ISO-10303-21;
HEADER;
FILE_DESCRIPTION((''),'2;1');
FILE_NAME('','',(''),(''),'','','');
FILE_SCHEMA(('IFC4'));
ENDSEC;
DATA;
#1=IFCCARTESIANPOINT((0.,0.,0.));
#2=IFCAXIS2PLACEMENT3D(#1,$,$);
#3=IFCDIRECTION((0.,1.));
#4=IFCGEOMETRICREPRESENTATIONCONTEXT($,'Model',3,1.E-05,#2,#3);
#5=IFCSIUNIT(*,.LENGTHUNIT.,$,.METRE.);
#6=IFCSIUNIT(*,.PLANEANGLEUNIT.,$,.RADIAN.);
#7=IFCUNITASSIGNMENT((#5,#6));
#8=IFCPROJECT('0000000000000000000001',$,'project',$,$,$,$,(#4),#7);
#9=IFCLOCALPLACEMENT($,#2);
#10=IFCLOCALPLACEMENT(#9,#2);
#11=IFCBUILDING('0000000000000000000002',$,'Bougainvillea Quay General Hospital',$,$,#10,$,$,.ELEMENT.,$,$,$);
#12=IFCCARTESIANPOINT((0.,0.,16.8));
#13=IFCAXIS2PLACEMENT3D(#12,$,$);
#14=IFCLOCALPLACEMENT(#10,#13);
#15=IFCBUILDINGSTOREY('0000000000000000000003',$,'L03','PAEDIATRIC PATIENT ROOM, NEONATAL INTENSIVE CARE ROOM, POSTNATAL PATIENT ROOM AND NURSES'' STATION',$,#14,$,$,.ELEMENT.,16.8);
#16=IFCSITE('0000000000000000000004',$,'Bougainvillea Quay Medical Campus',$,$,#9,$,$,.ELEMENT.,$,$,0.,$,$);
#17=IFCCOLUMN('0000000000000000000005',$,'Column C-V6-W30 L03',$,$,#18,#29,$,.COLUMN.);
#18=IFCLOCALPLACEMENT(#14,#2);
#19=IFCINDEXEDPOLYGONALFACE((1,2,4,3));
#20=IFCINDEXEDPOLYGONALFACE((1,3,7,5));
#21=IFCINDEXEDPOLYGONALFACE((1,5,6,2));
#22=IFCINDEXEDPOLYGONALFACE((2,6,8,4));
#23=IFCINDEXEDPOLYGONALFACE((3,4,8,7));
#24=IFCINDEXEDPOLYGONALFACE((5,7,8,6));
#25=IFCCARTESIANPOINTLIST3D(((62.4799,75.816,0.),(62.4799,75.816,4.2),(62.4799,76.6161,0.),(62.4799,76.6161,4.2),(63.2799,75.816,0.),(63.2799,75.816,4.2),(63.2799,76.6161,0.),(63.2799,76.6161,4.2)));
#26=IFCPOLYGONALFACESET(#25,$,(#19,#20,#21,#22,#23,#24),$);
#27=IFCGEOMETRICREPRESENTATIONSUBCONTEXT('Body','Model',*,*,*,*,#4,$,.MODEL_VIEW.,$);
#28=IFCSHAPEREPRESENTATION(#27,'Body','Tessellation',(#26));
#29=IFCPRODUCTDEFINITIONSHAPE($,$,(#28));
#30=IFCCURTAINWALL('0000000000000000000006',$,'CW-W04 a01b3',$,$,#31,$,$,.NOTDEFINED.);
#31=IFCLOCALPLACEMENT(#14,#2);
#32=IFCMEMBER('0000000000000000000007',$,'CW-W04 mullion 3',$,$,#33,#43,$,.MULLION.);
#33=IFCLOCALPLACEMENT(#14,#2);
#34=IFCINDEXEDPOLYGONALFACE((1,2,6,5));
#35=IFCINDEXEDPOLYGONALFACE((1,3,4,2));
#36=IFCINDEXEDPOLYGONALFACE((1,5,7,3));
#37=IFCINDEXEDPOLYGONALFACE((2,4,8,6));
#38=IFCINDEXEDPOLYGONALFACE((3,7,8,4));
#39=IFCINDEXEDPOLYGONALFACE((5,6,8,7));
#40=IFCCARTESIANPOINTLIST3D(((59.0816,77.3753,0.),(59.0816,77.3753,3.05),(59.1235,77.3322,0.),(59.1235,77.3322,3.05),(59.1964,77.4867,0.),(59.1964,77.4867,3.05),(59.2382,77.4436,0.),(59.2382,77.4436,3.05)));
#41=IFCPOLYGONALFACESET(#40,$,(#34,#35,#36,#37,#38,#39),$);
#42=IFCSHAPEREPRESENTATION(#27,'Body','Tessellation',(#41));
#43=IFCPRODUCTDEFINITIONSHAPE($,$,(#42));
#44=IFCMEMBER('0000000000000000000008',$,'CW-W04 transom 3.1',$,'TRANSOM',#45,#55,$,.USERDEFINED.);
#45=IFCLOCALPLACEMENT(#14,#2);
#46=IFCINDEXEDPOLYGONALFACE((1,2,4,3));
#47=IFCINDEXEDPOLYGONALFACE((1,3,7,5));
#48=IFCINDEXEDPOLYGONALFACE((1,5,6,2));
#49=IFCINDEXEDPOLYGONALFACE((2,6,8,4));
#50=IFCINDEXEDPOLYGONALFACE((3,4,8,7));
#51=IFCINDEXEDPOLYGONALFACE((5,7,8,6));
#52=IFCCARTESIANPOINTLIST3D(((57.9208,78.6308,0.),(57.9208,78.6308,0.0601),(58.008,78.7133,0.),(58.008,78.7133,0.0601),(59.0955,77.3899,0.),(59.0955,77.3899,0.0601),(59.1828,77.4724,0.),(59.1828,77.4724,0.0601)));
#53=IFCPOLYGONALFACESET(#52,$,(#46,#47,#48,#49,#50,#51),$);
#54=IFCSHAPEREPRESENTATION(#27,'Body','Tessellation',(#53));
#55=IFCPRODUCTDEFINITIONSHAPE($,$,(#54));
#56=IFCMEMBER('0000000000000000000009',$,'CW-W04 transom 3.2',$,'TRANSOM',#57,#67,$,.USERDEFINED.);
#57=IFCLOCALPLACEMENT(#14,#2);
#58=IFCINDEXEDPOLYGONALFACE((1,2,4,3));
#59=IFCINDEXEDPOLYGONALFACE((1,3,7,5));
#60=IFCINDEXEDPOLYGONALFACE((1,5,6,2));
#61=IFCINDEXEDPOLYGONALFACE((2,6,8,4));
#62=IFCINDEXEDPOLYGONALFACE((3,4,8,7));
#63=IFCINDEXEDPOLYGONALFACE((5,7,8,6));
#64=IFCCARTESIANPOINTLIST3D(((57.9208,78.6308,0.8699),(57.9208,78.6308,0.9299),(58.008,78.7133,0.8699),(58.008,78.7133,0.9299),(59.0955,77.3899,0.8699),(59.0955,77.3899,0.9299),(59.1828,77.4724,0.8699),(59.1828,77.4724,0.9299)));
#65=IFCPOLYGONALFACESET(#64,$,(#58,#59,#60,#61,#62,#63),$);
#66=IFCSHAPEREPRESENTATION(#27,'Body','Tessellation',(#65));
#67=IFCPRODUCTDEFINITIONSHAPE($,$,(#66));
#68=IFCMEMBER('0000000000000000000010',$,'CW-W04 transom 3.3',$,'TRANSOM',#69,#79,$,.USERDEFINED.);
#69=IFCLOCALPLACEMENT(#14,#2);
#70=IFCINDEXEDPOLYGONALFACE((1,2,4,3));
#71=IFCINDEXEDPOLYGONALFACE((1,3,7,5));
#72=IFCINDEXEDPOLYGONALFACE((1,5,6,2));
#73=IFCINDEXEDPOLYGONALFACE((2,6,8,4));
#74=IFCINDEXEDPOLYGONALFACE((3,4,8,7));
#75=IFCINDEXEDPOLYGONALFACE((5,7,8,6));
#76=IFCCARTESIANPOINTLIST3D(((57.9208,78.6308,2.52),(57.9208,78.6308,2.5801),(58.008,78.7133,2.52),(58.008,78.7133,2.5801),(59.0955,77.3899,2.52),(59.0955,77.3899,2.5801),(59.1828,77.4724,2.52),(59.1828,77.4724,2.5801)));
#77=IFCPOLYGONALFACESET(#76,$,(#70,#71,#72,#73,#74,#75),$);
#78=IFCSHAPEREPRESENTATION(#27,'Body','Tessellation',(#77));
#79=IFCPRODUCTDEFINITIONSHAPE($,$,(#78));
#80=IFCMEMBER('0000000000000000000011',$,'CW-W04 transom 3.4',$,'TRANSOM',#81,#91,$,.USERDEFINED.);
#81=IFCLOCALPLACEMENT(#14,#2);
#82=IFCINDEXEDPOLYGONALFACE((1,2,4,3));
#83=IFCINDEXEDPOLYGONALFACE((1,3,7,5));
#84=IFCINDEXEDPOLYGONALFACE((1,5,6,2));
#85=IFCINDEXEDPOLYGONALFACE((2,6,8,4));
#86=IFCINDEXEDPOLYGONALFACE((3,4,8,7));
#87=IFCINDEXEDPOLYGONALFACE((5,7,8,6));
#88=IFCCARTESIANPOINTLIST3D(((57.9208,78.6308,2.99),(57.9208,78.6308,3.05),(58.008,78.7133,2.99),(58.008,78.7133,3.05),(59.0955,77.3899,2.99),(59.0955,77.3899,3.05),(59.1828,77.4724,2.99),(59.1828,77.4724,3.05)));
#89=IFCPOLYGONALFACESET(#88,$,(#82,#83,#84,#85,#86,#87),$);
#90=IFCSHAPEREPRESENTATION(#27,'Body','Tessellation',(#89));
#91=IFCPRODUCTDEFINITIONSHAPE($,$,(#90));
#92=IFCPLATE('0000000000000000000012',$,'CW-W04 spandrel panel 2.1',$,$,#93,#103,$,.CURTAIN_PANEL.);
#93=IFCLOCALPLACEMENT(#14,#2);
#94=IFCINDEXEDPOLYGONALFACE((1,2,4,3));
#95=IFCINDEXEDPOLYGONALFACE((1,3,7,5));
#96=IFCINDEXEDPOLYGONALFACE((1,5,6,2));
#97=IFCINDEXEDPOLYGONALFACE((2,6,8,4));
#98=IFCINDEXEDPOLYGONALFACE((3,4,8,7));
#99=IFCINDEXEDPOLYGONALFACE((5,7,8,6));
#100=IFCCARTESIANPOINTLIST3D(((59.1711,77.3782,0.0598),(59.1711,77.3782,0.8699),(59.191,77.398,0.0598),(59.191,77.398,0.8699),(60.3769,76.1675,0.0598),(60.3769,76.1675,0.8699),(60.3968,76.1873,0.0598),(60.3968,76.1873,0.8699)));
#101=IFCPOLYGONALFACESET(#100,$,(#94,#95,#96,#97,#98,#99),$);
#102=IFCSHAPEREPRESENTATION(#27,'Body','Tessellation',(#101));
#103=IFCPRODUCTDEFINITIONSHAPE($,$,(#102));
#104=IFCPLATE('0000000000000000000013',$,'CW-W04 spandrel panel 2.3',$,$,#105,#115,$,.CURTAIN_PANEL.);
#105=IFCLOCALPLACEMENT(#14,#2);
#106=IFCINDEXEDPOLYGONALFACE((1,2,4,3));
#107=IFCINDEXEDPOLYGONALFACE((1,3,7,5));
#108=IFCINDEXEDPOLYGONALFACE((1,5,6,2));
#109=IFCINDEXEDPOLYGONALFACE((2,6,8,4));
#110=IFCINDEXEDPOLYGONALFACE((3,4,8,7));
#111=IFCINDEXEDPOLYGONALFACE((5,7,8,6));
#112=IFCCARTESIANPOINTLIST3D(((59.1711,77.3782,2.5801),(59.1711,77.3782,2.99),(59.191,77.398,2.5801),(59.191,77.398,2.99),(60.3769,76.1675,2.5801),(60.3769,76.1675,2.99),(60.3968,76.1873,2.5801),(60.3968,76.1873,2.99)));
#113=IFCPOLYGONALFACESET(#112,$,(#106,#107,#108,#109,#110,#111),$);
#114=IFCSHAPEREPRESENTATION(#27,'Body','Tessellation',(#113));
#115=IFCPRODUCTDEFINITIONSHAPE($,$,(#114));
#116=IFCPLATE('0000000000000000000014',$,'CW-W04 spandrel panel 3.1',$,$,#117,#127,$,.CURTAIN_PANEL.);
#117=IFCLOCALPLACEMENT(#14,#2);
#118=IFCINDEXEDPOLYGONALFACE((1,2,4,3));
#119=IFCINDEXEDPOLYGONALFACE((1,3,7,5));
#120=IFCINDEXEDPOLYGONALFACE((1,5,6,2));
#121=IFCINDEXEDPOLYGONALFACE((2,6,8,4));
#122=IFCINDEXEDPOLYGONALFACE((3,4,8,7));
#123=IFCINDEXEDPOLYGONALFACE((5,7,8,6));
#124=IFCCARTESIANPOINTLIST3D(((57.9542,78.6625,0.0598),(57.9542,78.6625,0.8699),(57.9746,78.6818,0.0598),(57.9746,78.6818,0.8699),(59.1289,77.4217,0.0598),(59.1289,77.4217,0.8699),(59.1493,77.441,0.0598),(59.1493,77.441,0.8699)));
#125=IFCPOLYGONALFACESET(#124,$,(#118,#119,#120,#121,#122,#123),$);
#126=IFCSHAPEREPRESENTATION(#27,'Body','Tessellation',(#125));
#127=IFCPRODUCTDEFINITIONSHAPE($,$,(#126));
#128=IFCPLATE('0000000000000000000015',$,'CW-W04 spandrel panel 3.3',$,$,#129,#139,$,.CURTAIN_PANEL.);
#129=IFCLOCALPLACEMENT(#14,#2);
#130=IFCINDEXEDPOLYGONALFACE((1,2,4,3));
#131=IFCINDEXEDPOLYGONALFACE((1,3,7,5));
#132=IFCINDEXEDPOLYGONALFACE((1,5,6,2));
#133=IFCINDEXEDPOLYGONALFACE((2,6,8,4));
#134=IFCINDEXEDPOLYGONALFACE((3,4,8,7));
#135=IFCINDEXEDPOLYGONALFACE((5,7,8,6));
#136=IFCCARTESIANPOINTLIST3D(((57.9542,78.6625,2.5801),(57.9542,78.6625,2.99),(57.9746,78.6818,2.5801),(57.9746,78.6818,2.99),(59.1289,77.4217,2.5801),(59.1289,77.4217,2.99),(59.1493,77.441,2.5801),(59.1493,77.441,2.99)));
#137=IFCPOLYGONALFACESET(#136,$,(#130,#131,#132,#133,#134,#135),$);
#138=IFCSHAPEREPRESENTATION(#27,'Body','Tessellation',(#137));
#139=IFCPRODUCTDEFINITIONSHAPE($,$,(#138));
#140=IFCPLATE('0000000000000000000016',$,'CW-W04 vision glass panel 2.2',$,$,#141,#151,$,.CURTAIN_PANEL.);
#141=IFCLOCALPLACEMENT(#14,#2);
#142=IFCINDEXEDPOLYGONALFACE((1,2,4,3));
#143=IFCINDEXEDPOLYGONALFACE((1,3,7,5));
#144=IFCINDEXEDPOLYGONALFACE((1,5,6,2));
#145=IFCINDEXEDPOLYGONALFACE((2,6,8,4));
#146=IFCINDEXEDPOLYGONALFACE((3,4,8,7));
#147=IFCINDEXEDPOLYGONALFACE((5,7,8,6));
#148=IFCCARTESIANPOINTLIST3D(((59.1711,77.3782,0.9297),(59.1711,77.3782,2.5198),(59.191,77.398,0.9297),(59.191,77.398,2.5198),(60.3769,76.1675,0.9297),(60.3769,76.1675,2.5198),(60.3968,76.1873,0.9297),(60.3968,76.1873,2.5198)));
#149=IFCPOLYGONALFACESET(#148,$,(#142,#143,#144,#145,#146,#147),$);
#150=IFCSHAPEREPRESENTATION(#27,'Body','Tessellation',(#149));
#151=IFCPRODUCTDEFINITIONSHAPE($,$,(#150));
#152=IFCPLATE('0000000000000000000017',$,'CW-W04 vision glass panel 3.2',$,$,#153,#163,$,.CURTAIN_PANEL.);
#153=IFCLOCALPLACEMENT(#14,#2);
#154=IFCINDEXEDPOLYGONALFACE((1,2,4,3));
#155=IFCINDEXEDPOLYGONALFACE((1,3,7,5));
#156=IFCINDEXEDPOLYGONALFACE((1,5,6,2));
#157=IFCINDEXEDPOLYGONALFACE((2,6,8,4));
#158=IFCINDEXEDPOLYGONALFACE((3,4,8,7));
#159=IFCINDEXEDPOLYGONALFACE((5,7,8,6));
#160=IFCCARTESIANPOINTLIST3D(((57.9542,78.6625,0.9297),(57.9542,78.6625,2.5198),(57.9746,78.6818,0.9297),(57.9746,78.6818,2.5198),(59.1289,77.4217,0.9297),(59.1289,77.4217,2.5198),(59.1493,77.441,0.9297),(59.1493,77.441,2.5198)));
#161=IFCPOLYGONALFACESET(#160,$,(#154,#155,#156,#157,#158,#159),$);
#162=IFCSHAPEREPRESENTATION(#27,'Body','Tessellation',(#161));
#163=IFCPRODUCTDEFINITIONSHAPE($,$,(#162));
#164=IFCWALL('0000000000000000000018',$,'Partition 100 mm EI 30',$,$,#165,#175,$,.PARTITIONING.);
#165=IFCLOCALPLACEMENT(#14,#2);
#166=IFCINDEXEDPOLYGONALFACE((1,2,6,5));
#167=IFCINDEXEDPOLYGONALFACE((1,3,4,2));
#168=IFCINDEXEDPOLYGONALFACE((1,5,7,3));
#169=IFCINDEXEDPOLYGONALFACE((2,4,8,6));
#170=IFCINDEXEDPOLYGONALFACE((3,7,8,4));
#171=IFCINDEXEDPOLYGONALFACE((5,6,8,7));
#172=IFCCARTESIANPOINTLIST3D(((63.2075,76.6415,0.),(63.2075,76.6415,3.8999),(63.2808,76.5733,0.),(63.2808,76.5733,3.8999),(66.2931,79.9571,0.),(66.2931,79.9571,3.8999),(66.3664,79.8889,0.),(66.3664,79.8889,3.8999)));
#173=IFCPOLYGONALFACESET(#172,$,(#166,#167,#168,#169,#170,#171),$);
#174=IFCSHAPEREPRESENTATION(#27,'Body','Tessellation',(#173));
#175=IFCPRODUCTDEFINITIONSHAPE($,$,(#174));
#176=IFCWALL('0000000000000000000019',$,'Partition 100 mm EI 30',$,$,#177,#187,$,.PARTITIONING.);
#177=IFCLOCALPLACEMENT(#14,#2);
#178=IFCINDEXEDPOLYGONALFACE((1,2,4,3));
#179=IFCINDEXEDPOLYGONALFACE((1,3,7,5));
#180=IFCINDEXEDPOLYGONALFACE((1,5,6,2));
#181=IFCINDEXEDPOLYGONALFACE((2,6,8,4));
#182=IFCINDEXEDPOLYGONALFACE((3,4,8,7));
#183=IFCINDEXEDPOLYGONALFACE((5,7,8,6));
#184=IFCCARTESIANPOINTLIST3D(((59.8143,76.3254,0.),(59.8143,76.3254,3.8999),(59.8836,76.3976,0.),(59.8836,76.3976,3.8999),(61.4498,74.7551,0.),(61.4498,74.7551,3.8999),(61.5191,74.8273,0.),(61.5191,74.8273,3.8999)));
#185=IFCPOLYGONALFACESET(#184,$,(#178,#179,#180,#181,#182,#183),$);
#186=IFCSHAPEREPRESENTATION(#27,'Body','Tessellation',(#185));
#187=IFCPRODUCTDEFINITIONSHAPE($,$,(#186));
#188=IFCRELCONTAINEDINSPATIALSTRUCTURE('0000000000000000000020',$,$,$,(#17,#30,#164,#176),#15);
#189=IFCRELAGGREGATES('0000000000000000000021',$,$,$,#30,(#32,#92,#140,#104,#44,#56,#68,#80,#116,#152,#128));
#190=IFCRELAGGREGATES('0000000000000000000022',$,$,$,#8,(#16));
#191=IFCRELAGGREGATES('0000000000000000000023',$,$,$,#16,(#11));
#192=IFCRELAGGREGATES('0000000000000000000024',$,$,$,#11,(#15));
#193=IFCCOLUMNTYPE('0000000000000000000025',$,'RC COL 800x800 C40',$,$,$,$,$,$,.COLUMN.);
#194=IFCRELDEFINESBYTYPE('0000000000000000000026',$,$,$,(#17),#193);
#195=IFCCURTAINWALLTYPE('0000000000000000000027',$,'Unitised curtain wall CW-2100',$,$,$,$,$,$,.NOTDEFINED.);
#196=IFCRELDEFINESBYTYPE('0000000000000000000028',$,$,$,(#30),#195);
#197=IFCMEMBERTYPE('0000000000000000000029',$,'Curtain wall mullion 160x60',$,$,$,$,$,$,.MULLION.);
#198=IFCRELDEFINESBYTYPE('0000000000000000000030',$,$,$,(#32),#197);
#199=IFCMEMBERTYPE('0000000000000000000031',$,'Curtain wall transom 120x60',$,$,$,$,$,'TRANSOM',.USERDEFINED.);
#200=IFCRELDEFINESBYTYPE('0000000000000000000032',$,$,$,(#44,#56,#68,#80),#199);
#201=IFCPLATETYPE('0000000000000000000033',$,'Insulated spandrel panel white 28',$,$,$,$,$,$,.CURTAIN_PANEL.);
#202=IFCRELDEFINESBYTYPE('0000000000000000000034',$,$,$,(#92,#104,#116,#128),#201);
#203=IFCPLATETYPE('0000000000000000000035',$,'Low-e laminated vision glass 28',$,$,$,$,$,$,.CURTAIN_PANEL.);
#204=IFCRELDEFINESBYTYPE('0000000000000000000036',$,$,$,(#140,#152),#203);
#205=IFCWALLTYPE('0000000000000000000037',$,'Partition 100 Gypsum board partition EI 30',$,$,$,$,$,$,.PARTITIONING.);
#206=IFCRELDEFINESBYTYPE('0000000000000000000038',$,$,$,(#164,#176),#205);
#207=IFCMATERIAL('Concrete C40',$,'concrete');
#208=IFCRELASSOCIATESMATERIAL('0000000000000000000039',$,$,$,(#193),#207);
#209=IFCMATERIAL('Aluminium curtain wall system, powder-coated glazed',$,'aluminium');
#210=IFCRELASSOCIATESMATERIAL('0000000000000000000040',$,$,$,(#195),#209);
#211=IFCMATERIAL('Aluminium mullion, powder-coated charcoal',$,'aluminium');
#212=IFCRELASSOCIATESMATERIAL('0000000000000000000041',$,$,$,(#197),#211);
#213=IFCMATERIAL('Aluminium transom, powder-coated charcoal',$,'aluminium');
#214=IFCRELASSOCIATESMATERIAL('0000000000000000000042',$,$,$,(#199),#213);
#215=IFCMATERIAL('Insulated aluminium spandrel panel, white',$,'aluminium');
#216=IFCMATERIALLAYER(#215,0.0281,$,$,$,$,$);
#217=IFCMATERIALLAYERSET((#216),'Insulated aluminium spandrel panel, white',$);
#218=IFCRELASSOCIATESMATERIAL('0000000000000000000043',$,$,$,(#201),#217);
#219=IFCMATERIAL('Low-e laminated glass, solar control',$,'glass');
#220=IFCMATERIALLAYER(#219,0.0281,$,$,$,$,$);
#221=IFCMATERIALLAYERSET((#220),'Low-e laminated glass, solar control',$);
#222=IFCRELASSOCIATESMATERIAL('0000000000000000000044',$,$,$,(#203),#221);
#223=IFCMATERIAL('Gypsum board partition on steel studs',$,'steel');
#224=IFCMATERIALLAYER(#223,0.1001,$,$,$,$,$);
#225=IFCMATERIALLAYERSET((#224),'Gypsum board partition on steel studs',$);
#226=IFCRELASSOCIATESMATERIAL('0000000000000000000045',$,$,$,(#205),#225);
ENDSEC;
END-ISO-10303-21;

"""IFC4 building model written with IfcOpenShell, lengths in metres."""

from ifc_helpers import new_model, si_unit, direction, frame, frame_2d, origin, origin_2d, place, context, subcontext, project, spatial, rectangle, extrude, material, layer, layer_set, material_profile, profile_set, type_object, element, aggregate, save


model = new_model("IFC4")

# Units and contexts
model_context = context("Model", 3, precision=1e-05, world=origin(), true_north=direction((0.0, 1.0)))
body_context = subcontext(model_context, "Body", "Model", "MODEL_VIEW")
ifc_project = project(units=[si_unit("LENGTHUNIT", "METRE"), si_unit("PLANEANGLEUNIT", "RADIAN")], contexts=[model_context])

# Site, building, storey
site_placement = place(None, origin())
site = spatial("IfcSite", under=ifc_project, at=site_placement, Name="Bougainvillea Quay Medical Campus", CompositionType="ELEMENT", RefElevation=0.0)
building_placement = place(site_placement, origin())
building = spatial("IfcBuilding", under=site, at=building_placement, Name="Bougainvillea Quay General Hospital", CompositionType="ELEMENT")
storey_placement = place(building_placement, frame((0.0, 0.0, 16.8)))
storey = spatial("IfcBuildingStorey", under=building, at=storey_placement, Name="L03", Description="PAEDIATRIC PATIENT ROOM, NEONATAL INTENSIVE CARE ROOM, POSTNATAL PATIENT ROOM AND NURSES' STATION", CompositionType="ELEMENT", Elevation=16.8)

# Column
ifc_material_1 = material(Name="Concrete C40", Category="concrete")
ifc_material_profile_1 = material_profile(ifc_material_1, rectangle(XDim=0.8, YDim=0.8, at=origin_2d()))
ifc_profile_set_1 = profile_set([ifc_material_profile_1], Name="Concrete C40")
column_type = type_object("IfcColumnType", Name="RC COL 800x800 C40", PredefinedType="COLUMN", material=ifc_profile_set_1)
column_placement = place(storey_placement, frame((62.8799, 76.2161, 0.0), z_axis=(0.0, 0.0, 1.0), x_axis=(1.0, 0.0, 0.0)))
element("IfcColumn", 1, at=column_placement, inside=storey, type_object=column_type, Name="Column C-V6-W30 L03", PredefinedType="COLUMN", context=body_context, shape_type="SweptSolid", body=[
    extrude(rectangle(XDim=0.8, YDim=0.8, at=origin_2d()), origin(), (0.0, 0.0, 1.0), 4.2),
])

# Curtain wall, members, plates
ifc_material_2 = material(Name="Aluminium curtain wall system, powder-coated glazed", Category="aluminium")
curtain_wall_type = type_object("IfcCurtainWallType", Name="Unitised curtain wall CW-2100", PredefinedType="NOTDEFINED", material=ifc_material_2)
curtain_wall_placement = place(storey_placement, origin())
curtain_wall = element("IfcCurtainWall", 2, at=curtain_wall_placement, inside=storey, type_object=curtain_wall_type, Name="CW-W04 a01b3", PredefinedType="NOTDEFINED")
ifc_material_3 = material(Name="Aluminium mullion, powder-coated charcoal", Category="aluminium")
ifc_material_profile_2 = material_profile(ifc_material_3, rectangle(XDim=0.1599, YDim=0.0601, at=origin_2d()))
ifc_profile_set_2 = profile_set([ifc_material_profile_2], Name="Aluminium mullion, powder-coated charcoal")
member_type_1 = type_object("IfcMemberType", Name="Curtain wall mullion 160x60", PredefinedType="MULLION", material=ifc_profile_set_2)
member_1_placement = place(storey_placement, frame((59.1599, 77.4094, 0.0), z_axis=(0.0, 0.0, 1.0), x_axis=(-0.717421, -0.696639, 0.0)))
member_1 = element("IfcMember", 3, at=member_1_placement, type_object=member_type_1, Name="CW-W04 mullion 3", PredefinedType="MULLION", context=body_context, shape_type="SweptSolid", body=[
    extrude(rectangle(XDim=0.1599, YDim=0.0601, at=origin_2d()), origin(), (0.0, 0.0, 1.0), 3.05),
])
ifc_material_4 = material(Name="Aluminium transom, powder-coated charcoal", Category="aluminium")
ifc_material_profile_3 = material_profile(ifc_material_4, rectangle(XDim=0.1201, YDim=0.0601, at=origin_2d()))
ifc_profile_set_3 = profile_set([ifc_material_profile_3], Name="Aluminium transom, powder-coated charcoal")
member_type_2 = type_object("IfcMemberType", Name="Curtain wall transom 120x60", ElementType="TRANSOM", PredefinedType="USERDEFINED", material=ifc_profile_set_3)
member_2_placement = place(storey_placement, frame((59.1392, 77.4312, 0.03), z_axis=(-0.687483, 0.7262, 0.0), x_axis=(-0.7262, -0.687483, 0.0)))
member_2 = element("IfcMember", 4, at=member_2_placement, type_object=member_type_2, Name="CW-W04 transom 3.1", ObjectType="TRANSOM", PredefinedType="USERDEFINED", context=body_context, shape_type="SweptSolid", body=[
    extrude(rectangle(XDim=0.1201, YDim=0.0601, at=origin_2d()), origin(), (0.0, 0.0, 1.0), 1.7087),
])
member_3_placement = place(storey_placement, frame((59.1392, 77.4312, 0.8999), z_axis=(-0.687483, 0.7262, 0.0), x_axis=(-0.7262, -0.687483, 0.0)))
member_3 = element("IfcMember", 5, at=member_3_placement, type_object=member_type_2, Name="CW-W04 transom 3.2", ObjectType="TRANSOM", PredefinedType="USERDEFINED", context=body_context, shape_type="SweptSolid", body=[
    extrude(rectangle(XDim=0.1201, YDim=0.0601, at=origin_2d()), origin(), (0.0, 0.0, 1.0), 1.7087),
])
member_4_placement = place(storey_placement, frame((59.1392, 77.4312, 2.55), z_axis=(-0.687483, 0.7262, 0.0), x_axis=(-0.7262, -0.687483, 0.0)))
member_4 = element("IfcMember", 6, at=member_4_placement, type_object=member_type_2, Name="CW-W04 transom 3.3", ObjectType="TRANSOM", PredefinedType="USERDEFINED", context=body_context, shape_type="SweptSolid", body=[
    extrude(rectangle(XDim=0.1201, YDim=0.0601, at=origin_2d()), origin(), (0.0, 0.0, 1.0), 1.7087),
])
member_5_placement = place(storey_placement, frame((59.1392, 77.4312, 3.02), z_axis=(-0.687483, 0.7262, 0.0), x_axis=(-0.7262, -0.687483, 0.0)))
member_5 = element("IfcMember", 7, at=member_5_placement, type_object=member_type_2, Name="CW-W04 transom 3.4", ObjectType="TRANSOM", PredefinedType="USERDEFINED", context=body_context, shape_type="SweptSolid", body=[
    extrude(rectangle(XDim=0.1201, YDim=0.0601, at=origin_2d()), origin(), (0.0, 0.0, 1.0), 1.7087),
])
ifc_material_5 = material(Name="Insulated aluminium spandrel panel, white", Category="aluminium")
ifc_layer_1 = layer(ifc_material_5, 0.0281)
ifc_layer_set_1 = layer_set([ifc_layer_1], Name="Insulated aluminium spandrel panel, white")
plate_type_1 = type_object("IfcPlateType", Name="Insulated spandrel panel white 28", PredefinedType="CURTAIN_PANEL", material=ifc_layer_set_1)
plate_1_placement = place(storey_placement, frame((59.7839, 76.7827, 0.0598), z_axis=(0.0, 0.0, 1.0), x_axis=(-0.70568, 0.708531, 0.0)))
plate_1 = element("IfcPlate", 8, at=plate_1_placement, type_object=plate_type_1, Name="CW-W04 spandrel panel 2.1", PredefinedType="CURTAIN_PANEL", context=body_context, shape_type="SweptSolid", body=[
    extrude(rectangle(XDim=1.7087, YDim=0.0281, at=origin_2d()), origin(), (0.0, 0.0, 1.0), 0.8101),
])
plate_2_placement = place(storey_placement, frame((59.7839, 76.7827, 2.5801), z_axis=(0.0, 0.0, 1.0), x_axis=(-0.70568, 0.708531, 0.0)))
plate_2 = element("IfcPlate", 9, at=plate_2_placement, type_object=plate_type_1, Name="CW-W04 spandrel panel 2.3", PredefinedType="CURTAIN_PANEL", context=body_context, shape_type="SweptSolid", body=[
    extrude(rectangle(XDim=1.7087, YDim=0.0281, at=origin_2d()), origin(), (0.0, 0.0, 1.0), 0.4099),
])
plate_3_placement = place(storey_placement, frame((58.5518, 78.0518, 0.0598), z_axis=(0.0, 0.0, 1.0), x_axis=(-0.687487, 0.726197, 0.0)))
plate_3 = element("IfcPlate", 10, at=plate_3_placement, type_object=plate_type_1, Name="CW-W04 spandrel panel 3.1", PredefinedType="CURTAIN_PANEL", context=body_context, shape_type="SweptSolid", body=[
    extrude(rectangle(XDim=1.7087, YDim=0.0281, at=origin_2d()), origin(), (0.0, 0.0, 1.0), 0.8101),
])
plate_4_placement = place(storey_placement, frame((58.5518, 78.0518, 2.5801), z_axis=(0.0, 0.0, 1.0), x_axis=(-0.687487, 0.726197, 0.0)))
plate_4 = element("IfcPlate", 11, at=plate_4_placement, type_object=plate_type_1, Name="CW-W04 spandrel panel 3.3", PredefinedType="CURTAIN_PANEL", context=body_context, shape_type="SweptSolid", body=[
    extrude(rectangle(XDim=1.7087, YDim=0.0281, at=origin_2d()), origin(), (0.0, 0.0, 1.0), 0.4099),
])
ifc_material_6 = material(Name="Low-e laminated glass, solar control", Category="glass")
ifc_layer_2 = layer(ifc_material_6, 0.0281)
ifc_layer_set_2 = layer_set([ifc_layer_2], Name="Low-e laminated glass, solar control")
plate_type_2 = type_object("IfcPlateType", Name="Low-e laminated vision glass 28", PredefinedType="CURTAIN_PANEL", material=ifc_layer_set_2)
plate_5_placement = place(storey_placement, frame((59.7839, 76.7827, 0.9297), z_axis=(0.0, 0.0, 1.0), x_axis=(-0.70568, 0.708531, 0.0)))
plate_5 = element("IfcPlate", 12, at=plate_5_placement, type_object=plate_type_2, Name="CW-W04 vision glass panel 2.2", PredefinedType="CURTAIN_PANEL", context=body_context, shape_type="SweptSolid", body=[
    extrude(rectangle(XDim=1.7087, YDim=0.0281, at=origin_2d()), origin(), (0.0, 0.0, 1.0), 1.5901),
])
plate_6_placement = place(storey_placement, frame((58.5518, 78.0518, 0.9297), z_axis=(0.0, 0.0, 1.0), x_axis=(-0.687487, 0.726197, 0.0)))
plate_6 = element("IfcPlate", 13, at=plate_6_placement, type_object=plate_type_2, Name="CW-W04 vision glass panel 3.2", PredefinedType="CURTAIN_PANEL", context=body_context, shape_type="SweptSolid", body=[
    extrude(rectangle(XDim=1.7087, YDim=0.0281, at=origin_2d()), origin(), (0.0, 0.0, 1.0), 1.5901),
])
aggregate(curtain_wall, [member_1, plate_1, plate_5, plate_2, member_2, member_3, member_4, member_5, plate_3, plate_6, plate_4])

# Walls
ifc_material_7 = material(Name="Gypsum board partition on steel studs", Category="steel")
ifc_layer_3 = layer(ifc_material_7, 0.1001)
ifc_layer_set_3 = layer_set([ifc_layer_3], Name="Gypsum board partition on steel studs")
wall_type_1 = type_object("IfcWallType", Name="Partition 100 Gypsum board partition EI 30", PredefinedType="PARTITIONING", material=ifc_layer_set_3)
wall_1_placement = place(storey_placement, frame((63.2441, 76.6074, 0.0), z_axis=(0.0, 0.0, 1.0), x_axis=(0.681263, 0.732039, 0.0)))
element("IfcWall", 14, at=wall_1_placement, inside=storey, type_object=wall_type_1, Name="Partition 100 mm EI 30", PredefinedType="PARTITIONING", context=body_context, shape_type="SweptSolid", body=[
    extrude(rectangle(XDim=4.5293, YDim=0.1001, at=frame_2d((2.2646, 0.0))), origin(), (0.0, 0.0, 1.0), 3.8999),
])
wall_2_placement = place(storey_placement, frame((59.8489, 76.3616, 0.0), z_axis=(0.0, 0.0, 1.0), x_axis=(0.721336, -0.692586, 0.0)))
element("IfcWall", 15, at=wall_2_placement, inside=storey, type_object=wall_type_1, Name="Partition 100 mm EI 30", PredefinedType="PARTITIONING", context=body_context, shape_type="SweptSolid", body=[
    extrude(rectangle(XDim=2.2673, YDim=0.1001, at=frame_2d((1.1338, 0.0))), origin(), (0.0, 0.0, 1.0), 3.8999),
])

save(model, "model.ifc")
